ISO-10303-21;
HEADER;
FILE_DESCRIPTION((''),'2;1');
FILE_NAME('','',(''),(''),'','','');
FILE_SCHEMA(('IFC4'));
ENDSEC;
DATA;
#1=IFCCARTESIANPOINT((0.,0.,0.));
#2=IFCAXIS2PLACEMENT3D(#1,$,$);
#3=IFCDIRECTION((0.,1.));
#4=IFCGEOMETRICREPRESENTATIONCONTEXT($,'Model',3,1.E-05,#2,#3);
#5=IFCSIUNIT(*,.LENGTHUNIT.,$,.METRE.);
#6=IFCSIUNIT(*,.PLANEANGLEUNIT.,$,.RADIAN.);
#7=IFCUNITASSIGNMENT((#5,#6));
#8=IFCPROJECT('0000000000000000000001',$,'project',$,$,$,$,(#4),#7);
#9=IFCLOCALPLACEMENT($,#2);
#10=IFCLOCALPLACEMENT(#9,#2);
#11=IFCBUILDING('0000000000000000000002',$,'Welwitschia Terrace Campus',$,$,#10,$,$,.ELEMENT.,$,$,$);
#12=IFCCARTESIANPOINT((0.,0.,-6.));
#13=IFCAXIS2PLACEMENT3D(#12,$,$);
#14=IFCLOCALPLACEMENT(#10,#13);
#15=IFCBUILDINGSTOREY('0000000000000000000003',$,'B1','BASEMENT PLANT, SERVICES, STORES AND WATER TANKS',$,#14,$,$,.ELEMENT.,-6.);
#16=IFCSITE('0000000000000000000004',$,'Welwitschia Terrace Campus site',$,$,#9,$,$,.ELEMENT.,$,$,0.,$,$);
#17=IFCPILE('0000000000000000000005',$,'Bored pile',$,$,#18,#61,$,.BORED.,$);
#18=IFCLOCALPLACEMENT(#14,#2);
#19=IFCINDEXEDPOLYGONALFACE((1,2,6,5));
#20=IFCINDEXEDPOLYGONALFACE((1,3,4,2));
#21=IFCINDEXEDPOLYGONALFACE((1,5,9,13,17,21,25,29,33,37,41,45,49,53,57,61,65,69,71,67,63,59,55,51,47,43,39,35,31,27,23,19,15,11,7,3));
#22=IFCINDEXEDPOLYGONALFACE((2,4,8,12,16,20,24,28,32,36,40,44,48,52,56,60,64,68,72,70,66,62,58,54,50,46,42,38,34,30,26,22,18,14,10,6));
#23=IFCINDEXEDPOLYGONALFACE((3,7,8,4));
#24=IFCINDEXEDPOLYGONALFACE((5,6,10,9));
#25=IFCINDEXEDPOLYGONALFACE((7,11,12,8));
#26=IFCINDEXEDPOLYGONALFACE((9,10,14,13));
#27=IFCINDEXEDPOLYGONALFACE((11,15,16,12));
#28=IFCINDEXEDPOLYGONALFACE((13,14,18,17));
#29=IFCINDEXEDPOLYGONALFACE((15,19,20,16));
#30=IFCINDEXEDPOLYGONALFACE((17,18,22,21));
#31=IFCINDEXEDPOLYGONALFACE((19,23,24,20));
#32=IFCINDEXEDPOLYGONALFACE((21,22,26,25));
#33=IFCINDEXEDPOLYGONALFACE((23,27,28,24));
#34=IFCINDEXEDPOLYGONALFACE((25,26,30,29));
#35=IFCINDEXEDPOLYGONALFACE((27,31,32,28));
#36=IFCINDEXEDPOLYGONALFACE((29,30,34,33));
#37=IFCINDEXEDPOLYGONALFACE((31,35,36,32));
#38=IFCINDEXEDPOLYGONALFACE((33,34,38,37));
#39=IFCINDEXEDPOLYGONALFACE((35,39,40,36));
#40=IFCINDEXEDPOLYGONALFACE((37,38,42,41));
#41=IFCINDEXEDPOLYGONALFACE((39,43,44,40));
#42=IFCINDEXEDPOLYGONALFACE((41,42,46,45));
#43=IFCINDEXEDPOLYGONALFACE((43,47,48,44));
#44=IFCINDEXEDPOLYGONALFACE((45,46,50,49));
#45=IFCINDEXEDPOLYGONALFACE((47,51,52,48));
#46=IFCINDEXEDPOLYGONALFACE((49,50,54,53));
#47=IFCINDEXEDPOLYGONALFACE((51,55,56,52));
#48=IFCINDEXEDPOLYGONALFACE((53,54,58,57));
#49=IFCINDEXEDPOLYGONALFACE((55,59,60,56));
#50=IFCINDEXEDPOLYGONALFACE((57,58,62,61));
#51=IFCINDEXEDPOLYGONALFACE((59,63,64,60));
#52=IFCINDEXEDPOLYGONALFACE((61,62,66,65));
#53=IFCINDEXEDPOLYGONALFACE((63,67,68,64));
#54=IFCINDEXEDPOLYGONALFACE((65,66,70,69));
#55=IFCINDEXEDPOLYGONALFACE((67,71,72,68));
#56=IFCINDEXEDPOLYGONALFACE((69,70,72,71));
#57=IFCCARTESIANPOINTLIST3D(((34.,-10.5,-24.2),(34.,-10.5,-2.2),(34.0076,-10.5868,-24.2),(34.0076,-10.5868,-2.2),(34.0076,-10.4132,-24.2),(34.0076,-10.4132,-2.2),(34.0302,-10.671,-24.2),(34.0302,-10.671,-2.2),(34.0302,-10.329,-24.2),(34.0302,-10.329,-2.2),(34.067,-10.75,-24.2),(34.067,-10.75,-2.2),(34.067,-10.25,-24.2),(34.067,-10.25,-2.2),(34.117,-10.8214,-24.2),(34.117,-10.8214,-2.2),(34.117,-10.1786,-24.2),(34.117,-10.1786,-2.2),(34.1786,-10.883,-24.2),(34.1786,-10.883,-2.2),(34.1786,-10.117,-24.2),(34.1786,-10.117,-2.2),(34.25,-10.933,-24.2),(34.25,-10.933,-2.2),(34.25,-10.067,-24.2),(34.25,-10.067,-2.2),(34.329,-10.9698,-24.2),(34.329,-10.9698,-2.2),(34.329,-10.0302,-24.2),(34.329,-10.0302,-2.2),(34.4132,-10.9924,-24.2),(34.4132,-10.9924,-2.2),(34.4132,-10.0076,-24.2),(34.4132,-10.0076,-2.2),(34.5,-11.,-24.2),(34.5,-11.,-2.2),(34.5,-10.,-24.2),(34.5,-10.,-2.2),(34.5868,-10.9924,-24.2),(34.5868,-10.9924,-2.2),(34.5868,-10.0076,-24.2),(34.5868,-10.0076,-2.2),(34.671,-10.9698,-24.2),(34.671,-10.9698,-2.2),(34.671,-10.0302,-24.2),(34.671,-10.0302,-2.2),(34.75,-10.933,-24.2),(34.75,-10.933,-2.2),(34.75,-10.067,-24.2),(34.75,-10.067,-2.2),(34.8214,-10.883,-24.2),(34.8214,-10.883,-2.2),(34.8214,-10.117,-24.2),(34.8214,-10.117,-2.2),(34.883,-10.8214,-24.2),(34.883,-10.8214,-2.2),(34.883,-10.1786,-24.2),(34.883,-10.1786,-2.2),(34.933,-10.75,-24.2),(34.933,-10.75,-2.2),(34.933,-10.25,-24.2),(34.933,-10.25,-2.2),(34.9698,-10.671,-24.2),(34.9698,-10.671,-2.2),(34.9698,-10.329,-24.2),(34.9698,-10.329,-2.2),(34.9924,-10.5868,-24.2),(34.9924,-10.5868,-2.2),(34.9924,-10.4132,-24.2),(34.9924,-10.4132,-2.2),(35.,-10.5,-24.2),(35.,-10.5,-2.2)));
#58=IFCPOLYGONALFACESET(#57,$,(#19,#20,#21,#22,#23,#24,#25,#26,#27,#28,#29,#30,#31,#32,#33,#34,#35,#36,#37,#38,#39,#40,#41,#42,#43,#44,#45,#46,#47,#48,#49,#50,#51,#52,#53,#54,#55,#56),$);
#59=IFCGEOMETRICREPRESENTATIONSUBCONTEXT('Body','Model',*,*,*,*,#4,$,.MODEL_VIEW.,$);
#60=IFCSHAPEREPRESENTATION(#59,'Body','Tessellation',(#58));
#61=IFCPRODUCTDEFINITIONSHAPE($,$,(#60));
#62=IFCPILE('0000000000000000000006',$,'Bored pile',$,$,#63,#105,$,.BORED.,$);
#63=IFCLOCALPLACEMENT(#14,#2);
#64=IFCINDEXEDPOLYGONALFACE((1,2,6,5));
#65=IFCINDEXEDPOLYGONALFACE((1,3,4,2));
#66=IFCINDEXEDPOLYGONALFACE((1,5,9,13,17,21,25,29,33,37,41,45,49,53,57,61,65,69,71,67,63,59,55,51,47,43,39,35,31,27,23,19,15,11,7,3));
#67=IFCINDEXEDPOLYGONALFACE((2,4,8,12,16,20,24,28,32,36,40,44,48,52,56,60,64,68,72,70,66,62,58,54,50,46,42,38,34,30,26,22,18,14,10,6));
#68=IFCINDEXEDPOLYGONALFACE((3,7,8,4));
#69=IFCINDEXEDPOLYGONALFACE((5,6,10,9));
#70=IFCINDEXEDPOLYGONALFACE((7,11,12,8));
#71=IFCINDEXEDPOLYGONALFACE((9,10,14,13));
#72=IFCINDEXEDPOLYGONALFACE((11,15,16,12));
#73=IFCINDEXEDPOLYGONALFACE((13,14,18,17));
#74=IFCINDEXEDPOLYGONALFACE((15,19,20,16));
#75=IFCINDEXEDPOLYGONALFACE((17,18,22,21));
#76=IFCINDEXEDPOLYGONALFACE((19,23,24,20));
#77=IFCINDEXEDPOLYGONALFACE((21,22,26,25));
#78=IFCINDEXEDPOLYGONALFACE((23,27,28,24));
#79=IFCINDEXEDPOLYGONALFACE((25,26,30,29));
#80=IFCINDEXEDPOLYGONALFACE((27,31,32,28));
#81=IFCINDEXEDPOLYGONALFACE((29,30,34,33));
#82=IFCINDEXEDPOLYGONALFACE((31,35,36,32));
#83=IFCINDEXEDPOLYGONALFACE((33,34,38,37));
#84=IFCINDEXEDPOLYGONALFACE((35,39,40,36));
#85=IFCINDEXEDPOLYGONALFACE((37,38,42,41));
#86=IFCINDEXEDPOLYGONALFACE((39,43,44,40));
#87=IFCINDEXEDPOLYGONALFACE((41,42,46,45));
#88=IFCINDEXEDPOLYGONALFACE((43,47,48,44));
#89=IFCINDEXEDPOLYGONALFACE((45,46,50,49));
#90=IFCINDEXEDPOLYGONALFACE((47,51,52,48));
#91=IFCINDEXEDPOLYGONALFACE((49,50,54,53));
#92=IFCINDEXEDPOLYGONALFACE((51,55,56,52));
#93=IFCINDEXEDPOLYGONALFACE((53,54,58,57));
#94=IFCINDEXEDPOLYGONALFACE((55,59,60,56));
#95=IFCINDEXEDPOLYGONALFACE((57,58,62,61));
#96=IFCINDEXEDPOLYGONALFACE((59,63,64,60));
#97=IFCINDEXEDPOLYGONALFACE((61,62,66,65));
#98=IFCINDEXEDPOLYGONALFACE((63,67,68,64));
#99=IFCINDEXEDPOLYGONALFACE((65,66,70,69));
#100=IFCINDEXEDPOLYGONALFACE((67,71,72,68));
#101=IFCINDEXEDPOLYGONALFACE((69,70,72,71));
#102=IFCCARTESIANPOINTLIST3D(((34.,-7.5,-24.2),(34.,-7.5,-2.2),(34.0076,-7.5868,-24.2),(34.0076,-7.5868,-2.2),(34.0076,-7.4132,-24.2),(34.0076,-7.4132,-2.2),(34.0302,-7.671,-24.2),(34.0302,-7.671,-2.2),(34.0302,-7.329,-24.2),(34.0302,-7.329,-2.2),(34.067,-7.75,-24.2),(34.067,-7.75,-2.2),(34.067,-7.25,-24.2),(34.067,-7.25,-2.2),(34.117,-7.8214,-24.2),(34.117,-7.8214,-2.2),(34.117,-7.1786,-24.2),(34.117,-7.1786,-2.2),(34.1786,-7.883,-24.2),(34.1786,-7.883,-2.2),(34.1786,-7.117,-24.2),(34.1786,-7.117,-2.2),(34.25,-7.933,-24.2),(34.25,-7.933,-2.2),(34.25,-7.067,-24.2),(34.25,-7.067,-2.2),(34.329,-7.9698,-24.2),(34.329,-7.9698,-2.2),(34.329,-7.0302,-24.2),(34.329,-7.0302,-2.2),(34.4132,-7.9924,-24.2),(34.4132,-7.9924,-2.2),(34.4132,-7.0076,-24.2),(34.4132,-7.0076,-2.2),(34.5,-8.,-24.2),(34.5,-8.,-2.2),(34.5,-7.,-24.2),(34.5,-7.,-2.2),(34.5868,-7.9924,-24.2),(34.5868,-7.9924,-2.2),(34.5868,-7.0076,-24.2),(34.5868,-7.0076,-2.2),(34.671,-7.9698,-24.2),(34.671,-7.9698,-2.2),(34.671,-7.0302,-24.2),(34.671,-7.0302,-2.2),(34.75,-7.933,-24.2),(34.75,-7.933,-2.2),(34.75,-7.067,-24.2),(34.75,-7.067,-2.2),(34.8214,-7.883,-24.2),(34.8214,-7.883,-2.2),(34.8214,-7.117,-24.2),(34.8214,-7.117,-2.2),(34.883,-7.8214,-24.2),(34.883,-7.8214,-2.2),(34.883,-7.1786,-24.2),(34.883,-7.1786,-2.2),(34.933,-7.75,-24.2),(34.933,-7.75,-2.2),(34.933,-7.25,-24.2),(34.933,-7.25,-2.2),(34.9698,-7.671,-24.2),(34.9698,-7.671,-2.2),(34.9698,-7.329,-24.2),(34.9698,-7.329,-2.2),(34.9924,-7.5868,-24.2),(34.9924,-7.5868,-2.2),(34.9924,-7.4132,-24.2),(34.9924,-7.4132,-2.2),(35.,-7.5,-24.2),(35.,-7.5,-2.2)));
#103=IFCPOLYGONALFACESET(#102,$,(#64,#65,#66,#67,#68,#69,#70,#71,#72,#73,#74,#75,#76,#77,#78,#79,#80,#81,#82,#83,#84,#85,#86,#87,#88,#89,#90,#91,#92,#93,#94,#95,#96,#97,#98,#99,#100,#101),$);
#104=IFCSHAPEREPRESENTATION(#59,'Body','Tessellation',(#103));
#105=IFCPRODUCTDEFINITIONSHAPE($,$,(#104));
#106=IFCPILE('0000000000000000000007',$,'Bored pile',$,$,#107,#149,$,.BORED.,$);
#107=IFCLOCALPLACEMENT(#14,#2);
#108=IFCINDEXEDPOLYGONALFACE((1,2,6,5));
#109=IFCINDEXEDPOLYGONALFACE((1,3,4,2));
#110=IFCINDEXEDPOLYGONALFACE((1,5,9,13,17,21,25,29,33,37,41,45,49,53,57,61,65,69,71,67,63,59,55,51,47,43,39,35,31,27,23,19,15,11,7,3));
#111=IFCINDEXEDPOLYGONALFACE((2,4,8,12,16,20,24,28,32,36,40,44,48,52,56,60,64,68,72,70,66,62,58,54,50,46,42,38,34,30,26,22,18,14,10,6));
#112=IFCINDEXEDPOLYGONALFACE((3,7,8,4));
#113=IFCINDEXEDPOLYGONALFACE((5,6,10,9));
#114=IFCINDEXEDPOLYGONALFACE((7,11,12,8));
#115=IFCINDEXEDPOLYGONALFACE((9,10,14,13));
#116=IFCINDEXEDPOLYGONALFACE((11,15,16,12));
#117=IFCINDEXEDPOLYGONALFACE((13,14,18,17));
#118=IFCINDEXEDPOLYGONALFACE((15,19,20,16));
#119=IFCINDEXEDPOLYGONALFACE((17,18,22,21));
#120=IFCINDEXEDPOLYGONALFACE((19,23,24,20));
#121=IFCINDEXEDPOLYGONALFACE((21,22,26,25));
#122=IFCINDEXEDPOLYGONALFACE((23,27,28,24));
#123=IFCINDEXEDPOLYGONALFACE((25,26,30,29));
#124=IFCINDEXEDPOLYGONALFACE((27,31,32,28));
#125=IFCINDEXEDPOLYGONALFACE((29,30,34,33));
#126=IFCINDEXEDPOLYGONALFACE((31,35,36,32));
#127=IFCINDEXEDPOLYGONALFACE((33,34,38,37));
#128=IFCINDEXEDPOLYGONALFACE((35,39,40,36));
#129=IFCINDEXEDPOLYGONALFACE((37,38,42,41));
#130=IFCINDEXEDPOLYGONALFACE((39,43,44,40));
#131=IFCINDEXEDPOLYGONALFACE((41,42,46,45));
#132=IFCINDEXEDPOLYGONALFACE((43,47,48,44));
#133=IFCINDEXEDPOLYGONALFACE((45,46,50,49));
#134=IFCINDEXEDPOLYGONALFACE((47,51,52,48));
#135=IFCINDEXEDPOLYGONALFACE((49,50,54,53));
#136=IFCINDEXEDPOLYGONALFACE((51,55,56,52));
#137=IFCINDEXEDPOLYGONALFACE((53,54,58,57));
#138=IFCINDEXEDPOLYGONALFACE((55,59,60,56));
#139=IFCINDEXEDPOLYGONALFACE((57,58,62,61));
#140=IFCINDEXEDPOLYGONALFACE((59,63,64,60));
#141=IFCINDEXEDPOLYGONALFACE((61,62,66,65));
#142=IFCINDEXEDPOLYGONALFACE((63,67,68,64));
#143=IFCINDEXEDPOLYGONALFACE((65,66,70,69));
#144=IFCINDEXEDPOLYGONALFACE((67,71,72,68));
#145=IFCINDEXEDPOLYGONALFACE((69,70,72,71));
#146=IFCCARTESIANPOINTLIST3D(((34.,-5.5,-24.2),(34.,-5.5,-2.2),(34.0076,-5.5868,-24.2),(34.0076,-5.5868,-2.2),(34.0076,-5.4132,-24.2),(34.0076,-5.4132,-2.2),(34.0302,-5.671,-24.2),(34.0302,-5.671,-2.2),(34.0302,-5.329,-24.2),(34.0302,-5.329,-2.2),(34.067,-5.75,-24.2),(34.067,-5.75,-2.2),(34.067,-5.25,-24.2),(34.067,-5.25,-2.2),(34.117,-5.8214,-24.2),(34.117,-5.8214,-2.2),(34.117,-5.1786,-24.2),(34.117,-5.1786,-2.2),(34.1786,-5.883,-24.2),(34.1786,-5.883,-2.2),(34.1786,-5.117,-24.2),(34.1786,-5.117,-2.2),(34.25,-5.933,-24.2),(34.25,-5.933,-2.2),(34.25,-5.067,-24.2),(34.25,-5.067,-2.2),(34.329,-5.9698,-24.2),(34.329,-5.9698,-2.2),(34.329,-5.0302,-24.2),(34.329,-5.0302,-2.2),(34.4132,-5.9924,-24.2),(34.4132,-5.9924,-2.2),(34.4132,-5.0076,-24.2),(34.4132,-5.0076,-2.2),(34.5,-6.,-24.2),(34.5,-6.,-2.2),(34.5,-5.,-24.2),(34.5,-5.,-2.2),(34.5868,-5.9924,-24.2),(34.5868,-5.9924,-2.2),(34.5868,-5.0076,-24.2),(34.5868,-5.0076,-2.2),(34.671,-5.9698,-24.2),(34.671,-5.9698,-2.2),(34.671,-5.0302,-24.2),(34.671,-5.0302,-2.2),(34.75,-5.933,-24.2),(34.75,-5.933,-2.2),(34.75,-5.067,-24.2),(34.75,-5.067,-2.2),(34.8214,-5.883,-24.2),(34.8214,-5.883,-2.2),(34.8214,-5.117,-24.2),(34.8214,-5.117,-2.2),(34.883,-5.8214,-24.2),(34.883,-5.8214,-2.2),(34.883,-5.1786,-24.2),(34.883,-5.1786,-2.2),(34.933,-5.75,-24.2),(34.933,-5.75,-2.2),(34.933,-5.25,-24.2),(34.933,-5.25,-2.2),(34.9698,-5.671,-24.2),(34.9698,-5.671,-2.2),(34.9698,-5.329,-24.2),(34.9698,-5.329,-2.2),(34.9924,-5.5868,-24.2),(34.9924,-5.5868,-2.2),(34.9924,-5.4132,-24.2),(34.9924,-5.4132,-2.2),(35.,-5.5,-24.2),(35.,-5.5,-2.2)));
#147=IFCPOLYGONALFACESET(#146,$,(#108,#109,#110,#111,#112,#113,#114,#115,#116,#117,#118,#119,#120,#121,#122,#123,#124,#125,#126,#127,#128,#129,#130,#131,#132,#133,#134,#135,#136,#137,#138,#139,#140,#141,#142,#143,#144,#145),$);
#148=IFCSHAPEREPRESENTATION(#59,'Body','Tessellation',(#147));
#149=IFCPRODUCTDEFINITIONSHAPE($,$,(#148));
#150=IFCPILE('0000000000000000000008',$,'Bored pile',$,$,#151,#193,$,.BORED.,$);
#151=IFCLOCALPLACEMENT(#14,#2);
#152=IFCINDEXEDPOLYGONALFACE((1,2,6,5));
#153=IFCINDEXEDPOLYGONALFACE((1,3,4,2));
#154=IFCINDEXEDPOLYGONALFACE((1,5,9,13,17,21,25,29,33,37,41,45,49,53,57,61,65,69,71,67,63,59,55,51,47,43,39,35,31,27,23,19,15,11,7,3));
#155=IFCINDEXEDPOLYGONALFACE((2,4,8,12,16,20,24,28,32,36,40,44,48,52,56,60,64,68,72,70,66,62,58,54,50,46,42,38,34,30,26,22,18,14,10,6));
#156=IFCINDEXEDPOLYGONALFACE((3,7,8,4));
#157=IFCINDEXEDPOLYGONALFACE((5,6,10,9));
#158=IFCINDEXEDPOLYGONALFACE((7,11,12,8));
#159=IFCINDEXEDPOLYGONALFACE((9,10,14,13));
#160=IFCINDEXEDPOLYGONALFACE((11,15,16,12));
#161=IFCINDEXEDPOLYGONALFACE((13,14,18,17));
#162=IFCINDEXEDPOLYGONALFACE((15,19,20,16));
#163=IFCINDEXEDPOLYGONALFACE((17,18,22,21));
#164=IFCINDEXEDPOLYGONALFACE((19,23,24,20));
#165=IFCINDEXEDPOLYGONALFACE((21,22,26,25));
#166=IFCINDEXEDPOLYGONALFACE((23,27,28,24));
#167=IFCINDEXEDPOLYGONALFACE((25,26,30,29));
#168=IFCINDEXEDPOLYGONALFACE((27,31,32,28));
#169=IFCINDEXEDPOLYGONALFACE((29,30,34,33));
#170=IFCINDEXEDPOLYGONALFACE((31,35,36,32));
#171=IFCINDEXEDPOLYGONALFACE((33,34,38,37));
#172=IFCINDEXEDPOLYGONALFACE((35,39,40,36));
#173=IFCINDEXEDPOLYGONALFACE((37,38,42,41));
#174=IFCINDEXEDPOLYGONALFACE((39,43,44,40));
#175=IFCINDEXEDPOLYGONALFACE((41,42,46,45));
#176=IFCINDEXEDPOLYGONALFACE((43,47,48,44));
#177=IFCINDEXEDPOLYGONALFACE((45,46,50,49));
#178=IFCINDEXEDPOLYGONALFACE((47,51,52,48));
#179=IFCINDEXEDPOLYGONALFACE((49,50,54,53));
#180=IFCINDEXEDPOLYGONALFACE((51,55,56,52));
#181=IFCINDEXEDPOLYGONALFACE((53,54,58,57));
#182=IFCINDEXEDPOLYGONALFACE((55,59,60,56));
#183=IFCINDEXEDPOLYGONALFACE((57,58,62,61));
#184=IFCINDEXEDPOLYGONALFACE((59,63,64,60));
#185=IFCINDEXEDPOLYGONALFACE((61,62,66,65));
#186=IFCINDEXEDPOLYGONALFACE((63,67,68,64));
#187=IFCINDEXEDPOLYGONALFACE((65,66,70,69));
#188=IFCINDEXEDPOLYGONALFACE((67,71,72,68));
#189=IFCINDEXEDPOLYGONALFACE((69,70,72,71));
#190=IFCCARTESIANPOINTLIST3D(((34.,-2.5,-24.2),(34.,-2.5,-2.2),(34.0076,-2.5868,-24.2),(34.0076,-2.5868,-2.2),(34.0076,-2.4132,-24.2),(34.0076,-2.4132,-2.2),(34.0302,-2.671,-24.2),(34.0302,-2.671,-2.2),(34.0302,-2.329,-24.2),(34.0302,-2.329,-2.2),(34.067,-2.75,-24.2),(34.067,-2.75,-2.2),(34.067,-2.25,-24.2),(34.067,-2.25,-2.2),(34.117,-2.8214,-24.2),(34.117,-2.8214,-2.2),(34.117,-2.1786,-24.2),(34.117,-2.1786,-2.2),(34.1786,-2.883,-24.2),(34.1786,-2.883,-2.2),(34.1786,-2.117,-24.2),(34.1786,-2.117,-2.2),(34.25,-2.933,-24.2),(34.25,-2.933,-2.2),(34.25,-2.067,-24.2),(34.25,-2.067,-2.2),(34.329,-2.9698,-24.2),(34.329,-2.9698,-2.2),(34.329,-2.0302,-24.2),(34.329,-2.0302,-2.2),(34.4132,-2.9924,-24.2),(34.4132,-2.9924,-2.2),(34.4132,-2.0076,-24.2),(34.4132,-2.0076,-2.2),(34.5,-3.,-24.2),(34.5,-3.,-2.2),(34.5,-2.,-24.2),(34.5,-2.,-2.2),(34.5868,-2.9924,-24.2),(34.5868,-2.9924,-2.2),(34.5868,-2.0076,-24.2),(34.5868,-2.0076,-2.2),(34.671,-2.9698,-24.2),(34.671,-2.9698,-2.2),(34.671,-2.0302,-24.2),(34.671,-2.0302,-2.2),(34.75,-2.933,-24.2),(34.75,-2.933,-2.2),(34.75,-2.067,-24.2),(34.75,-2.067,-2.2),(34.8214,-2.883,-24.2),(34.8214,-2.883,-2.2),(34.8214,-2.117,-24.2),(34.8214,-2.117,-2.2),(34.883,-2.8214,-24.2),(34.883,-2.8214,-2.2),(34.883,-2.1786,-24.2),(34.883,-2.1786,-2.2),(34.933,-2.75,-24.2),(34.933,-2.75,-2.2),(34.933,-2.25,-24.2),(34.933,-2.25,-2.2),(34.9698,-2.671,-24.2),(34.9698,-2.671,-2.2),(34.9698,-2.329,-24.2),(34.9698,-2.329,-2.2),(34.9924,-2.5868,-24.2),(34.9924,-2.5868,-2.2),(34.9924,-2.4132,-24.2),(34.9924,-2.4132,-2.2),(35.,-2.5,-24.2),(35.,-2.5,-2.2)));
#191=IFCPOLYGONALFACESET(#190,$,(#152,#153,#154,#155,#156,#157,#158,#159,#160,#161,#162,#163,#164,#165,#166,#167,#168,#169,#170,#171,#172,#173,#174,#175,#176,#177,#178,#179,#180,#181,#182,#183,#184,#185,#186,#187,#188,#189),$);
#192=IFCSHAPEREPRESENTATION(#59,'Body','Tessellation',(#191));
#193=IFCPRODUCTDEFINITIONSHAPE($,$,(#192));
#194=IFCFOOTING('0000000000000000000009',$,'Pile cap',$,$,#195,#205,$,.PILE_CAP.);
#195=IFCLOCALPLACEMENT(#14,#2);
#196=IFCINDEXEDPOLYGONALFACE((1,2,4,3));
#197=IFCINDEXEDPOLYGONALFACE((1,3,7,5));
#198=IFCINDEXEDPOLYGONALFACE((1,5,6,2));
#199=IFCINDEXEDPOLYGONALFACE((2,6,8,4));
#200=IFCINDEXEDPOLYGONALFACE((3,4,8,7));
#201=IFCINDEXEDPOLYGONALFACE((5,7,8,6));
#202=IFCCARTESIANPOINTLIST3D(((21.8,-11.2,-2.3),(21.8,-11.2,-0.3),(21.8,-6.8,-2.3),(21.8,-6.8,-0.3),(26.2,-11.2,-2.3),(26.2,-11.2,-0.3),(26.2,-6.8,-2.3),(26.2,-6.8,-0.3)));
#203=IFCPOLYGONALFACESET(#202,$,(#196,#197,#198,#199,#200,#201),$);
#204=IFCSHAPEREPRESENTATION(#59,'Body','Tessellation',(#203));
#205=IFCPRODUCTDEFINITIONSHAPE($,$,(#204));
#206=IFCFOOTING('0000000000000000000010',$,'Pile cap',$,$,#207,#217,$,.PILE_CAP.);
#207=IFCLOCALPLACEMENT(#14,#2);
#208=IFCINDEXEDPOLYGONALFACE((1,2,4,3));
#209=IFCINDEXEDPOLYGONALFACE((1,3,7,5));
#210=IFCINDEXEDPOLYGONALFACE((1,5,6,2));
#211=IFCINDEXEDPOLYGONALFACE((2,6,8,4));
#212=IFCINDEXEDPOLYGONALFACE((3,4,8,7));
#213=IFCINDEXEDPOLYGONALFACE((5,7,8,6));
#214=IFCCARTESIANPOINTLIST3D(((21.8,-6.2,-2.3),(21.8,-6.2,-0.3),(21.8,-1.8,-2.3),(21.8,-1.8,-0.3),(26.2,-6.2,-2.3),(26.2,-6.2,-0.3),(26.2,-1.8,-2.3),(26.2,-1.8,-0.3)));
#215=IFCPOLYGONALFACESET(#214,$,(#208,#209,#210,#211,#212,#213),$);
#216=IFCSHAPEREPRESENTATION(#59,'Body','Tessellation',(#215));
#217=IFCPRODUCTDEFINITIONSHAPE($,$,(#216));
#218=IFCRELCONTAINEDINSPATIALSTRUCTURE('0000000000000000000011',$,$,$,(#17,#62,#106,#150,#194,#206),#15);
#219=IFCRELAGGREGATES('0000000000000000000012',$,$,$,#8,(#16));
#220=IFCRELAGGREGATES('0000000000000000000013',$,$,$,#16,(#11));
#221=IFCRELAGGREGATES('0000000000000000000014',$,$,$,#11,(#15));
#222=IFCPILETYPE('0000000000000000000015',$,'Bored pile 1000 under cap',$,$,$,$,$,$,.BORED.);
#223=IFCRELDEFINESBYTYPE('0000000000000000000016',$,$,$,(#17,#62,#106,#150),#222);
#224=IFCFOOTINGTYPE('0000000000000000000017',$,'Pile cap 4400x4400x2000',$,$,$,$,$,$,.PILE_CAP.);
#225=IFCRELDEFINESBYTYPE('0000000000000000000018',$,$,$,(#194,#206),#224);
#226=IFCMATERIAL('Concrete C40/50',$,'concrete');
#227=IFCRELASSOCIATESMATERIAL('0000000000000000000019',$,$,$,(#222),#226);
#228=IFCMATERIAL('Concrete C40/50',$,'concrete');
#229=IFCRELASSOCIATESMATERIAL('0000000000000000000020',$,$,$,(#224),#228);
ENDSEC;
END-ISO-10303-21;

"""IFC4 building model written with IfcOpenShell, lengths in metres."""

from ifc_helpers import new_model, si_unit, direction, frame, origin, origin_2d, place, context, subcontext, project, spatial, rectangle, circle, extrude, material, type_object, element, save


model = new_model("IFC4")

# Units and contexts
model_context = context("Model", 3, precision=1e-05, world=origin(), true_north=direction((0.0, 1.0)))
body_context = subcontext(model_context, "Body", "Model", "MODEL_VIEW")
ifc_project = project(units=[si_unit("LENGTHUNIT", "METRE"), si_unit("PLANEANGLEUNIT", "RADIAN")], contexts=[model_context])

# Site, building, storey
site_placement = place(None, origin())
site = spatial("IfcSite", under=ifc_project, at=site_placement, Name="Welwitschia Terrace Campus site", CompositionType="ELEMENT", RefElevation=0.0)
building_placement = place(site_placement, origin())
building = spatial("IfcBuilding", under=site, at=building_placement, Name="Welwitschia Terrace Campus", CompositionType="ELEMENT")
storey_placement = place(building_placement, frame((0.0, 0.0, -6.0)))
storey = spatial("IfcBuildingStorey", under=building, at=storey_placement, Name="B1", Description="BASEMENT PLANT, SERVICES, STORES AND WATER TANKS", CompositionType="ELEMENT", Elevation=-6.0)

# Piles
ifc_material_1 = material(Name="Concrete C40/50", Category="concrete")
pile_type = type_object("IfcPileType", Name="Bored pile 1000 under cap", PredefinedType="BORED", material=ifc_material_1)
for number, where, z_axis, x_axis, name in (
    (1, (34.5, -10.5, -2.2), (0.0, 0.0, -1.0), (1.0, 0.0, 0.0), "Bored pile"),
    (2, (34.5, -7.5, -2.2), (0.0, 0.0, -1.0), (1.0, 0.0, 0.0), "Bored pile"),
    (3, (34.5, -5.5, -2.2), (0.0, 0.0, -1.0), (1.0, 0.0, 0.0), "Bored pile"),
    (4, (34.5, -2.5, -2.2), (0.0, 0.0, -1.0), (1.0, 0.0, 0.0), "Bored pile"),
):
    element("IfcPile", number, at=place(storey_placement, frame(where, z_axis=z_axis, x_axis=x_axis)), inside=storey, type_object=pile_type, Name=name, PredefinedType="BORED", context=body_context, shape_type="SweptSolid", body=[
        extrude(circle(Radius=0.5, at=origin_2d()), origin(), (0.0, 0.0, 1.0), 22.0),
    ])

# Footings
ifc_material_2 = material(Name="Concrete C40/50", Category="concrete")
footing_type = type_object("IfcFootingType", Name="Pile cap 4400x4400x2000", PredefinedType="PILE_CAP", material=ifc_material_2)
for number, where, z_axis, x_axis, name in (
    (5, (24.0, -9.0, -2.3), (0.0, 0.0, 1.0), (1.0, 0.0, 0.0), "Pile cap"),
    (6, (24.0, -4.0, -2.3), (0.0, 0.0, 1.0), (1.0, 0.0, 0.0), "Pile cap"),
):
    element("IfcFooting", number, at=place(storey_placement, frame(where, z_axis=z_axis, x_axis=x_axis)), inside=storey, type_object=footing_type, Name=name, PredefinedType="PILE_CAP", context=body_context, shape_type="SweptSolid", body=[
        extrude(rectangle(XDim=4.3999, YDim=4.3999, at=origin_2d()), origin(), (0.0, 0.0, 1.0), 2.0),
    ])

save(model, "model.ifc")
